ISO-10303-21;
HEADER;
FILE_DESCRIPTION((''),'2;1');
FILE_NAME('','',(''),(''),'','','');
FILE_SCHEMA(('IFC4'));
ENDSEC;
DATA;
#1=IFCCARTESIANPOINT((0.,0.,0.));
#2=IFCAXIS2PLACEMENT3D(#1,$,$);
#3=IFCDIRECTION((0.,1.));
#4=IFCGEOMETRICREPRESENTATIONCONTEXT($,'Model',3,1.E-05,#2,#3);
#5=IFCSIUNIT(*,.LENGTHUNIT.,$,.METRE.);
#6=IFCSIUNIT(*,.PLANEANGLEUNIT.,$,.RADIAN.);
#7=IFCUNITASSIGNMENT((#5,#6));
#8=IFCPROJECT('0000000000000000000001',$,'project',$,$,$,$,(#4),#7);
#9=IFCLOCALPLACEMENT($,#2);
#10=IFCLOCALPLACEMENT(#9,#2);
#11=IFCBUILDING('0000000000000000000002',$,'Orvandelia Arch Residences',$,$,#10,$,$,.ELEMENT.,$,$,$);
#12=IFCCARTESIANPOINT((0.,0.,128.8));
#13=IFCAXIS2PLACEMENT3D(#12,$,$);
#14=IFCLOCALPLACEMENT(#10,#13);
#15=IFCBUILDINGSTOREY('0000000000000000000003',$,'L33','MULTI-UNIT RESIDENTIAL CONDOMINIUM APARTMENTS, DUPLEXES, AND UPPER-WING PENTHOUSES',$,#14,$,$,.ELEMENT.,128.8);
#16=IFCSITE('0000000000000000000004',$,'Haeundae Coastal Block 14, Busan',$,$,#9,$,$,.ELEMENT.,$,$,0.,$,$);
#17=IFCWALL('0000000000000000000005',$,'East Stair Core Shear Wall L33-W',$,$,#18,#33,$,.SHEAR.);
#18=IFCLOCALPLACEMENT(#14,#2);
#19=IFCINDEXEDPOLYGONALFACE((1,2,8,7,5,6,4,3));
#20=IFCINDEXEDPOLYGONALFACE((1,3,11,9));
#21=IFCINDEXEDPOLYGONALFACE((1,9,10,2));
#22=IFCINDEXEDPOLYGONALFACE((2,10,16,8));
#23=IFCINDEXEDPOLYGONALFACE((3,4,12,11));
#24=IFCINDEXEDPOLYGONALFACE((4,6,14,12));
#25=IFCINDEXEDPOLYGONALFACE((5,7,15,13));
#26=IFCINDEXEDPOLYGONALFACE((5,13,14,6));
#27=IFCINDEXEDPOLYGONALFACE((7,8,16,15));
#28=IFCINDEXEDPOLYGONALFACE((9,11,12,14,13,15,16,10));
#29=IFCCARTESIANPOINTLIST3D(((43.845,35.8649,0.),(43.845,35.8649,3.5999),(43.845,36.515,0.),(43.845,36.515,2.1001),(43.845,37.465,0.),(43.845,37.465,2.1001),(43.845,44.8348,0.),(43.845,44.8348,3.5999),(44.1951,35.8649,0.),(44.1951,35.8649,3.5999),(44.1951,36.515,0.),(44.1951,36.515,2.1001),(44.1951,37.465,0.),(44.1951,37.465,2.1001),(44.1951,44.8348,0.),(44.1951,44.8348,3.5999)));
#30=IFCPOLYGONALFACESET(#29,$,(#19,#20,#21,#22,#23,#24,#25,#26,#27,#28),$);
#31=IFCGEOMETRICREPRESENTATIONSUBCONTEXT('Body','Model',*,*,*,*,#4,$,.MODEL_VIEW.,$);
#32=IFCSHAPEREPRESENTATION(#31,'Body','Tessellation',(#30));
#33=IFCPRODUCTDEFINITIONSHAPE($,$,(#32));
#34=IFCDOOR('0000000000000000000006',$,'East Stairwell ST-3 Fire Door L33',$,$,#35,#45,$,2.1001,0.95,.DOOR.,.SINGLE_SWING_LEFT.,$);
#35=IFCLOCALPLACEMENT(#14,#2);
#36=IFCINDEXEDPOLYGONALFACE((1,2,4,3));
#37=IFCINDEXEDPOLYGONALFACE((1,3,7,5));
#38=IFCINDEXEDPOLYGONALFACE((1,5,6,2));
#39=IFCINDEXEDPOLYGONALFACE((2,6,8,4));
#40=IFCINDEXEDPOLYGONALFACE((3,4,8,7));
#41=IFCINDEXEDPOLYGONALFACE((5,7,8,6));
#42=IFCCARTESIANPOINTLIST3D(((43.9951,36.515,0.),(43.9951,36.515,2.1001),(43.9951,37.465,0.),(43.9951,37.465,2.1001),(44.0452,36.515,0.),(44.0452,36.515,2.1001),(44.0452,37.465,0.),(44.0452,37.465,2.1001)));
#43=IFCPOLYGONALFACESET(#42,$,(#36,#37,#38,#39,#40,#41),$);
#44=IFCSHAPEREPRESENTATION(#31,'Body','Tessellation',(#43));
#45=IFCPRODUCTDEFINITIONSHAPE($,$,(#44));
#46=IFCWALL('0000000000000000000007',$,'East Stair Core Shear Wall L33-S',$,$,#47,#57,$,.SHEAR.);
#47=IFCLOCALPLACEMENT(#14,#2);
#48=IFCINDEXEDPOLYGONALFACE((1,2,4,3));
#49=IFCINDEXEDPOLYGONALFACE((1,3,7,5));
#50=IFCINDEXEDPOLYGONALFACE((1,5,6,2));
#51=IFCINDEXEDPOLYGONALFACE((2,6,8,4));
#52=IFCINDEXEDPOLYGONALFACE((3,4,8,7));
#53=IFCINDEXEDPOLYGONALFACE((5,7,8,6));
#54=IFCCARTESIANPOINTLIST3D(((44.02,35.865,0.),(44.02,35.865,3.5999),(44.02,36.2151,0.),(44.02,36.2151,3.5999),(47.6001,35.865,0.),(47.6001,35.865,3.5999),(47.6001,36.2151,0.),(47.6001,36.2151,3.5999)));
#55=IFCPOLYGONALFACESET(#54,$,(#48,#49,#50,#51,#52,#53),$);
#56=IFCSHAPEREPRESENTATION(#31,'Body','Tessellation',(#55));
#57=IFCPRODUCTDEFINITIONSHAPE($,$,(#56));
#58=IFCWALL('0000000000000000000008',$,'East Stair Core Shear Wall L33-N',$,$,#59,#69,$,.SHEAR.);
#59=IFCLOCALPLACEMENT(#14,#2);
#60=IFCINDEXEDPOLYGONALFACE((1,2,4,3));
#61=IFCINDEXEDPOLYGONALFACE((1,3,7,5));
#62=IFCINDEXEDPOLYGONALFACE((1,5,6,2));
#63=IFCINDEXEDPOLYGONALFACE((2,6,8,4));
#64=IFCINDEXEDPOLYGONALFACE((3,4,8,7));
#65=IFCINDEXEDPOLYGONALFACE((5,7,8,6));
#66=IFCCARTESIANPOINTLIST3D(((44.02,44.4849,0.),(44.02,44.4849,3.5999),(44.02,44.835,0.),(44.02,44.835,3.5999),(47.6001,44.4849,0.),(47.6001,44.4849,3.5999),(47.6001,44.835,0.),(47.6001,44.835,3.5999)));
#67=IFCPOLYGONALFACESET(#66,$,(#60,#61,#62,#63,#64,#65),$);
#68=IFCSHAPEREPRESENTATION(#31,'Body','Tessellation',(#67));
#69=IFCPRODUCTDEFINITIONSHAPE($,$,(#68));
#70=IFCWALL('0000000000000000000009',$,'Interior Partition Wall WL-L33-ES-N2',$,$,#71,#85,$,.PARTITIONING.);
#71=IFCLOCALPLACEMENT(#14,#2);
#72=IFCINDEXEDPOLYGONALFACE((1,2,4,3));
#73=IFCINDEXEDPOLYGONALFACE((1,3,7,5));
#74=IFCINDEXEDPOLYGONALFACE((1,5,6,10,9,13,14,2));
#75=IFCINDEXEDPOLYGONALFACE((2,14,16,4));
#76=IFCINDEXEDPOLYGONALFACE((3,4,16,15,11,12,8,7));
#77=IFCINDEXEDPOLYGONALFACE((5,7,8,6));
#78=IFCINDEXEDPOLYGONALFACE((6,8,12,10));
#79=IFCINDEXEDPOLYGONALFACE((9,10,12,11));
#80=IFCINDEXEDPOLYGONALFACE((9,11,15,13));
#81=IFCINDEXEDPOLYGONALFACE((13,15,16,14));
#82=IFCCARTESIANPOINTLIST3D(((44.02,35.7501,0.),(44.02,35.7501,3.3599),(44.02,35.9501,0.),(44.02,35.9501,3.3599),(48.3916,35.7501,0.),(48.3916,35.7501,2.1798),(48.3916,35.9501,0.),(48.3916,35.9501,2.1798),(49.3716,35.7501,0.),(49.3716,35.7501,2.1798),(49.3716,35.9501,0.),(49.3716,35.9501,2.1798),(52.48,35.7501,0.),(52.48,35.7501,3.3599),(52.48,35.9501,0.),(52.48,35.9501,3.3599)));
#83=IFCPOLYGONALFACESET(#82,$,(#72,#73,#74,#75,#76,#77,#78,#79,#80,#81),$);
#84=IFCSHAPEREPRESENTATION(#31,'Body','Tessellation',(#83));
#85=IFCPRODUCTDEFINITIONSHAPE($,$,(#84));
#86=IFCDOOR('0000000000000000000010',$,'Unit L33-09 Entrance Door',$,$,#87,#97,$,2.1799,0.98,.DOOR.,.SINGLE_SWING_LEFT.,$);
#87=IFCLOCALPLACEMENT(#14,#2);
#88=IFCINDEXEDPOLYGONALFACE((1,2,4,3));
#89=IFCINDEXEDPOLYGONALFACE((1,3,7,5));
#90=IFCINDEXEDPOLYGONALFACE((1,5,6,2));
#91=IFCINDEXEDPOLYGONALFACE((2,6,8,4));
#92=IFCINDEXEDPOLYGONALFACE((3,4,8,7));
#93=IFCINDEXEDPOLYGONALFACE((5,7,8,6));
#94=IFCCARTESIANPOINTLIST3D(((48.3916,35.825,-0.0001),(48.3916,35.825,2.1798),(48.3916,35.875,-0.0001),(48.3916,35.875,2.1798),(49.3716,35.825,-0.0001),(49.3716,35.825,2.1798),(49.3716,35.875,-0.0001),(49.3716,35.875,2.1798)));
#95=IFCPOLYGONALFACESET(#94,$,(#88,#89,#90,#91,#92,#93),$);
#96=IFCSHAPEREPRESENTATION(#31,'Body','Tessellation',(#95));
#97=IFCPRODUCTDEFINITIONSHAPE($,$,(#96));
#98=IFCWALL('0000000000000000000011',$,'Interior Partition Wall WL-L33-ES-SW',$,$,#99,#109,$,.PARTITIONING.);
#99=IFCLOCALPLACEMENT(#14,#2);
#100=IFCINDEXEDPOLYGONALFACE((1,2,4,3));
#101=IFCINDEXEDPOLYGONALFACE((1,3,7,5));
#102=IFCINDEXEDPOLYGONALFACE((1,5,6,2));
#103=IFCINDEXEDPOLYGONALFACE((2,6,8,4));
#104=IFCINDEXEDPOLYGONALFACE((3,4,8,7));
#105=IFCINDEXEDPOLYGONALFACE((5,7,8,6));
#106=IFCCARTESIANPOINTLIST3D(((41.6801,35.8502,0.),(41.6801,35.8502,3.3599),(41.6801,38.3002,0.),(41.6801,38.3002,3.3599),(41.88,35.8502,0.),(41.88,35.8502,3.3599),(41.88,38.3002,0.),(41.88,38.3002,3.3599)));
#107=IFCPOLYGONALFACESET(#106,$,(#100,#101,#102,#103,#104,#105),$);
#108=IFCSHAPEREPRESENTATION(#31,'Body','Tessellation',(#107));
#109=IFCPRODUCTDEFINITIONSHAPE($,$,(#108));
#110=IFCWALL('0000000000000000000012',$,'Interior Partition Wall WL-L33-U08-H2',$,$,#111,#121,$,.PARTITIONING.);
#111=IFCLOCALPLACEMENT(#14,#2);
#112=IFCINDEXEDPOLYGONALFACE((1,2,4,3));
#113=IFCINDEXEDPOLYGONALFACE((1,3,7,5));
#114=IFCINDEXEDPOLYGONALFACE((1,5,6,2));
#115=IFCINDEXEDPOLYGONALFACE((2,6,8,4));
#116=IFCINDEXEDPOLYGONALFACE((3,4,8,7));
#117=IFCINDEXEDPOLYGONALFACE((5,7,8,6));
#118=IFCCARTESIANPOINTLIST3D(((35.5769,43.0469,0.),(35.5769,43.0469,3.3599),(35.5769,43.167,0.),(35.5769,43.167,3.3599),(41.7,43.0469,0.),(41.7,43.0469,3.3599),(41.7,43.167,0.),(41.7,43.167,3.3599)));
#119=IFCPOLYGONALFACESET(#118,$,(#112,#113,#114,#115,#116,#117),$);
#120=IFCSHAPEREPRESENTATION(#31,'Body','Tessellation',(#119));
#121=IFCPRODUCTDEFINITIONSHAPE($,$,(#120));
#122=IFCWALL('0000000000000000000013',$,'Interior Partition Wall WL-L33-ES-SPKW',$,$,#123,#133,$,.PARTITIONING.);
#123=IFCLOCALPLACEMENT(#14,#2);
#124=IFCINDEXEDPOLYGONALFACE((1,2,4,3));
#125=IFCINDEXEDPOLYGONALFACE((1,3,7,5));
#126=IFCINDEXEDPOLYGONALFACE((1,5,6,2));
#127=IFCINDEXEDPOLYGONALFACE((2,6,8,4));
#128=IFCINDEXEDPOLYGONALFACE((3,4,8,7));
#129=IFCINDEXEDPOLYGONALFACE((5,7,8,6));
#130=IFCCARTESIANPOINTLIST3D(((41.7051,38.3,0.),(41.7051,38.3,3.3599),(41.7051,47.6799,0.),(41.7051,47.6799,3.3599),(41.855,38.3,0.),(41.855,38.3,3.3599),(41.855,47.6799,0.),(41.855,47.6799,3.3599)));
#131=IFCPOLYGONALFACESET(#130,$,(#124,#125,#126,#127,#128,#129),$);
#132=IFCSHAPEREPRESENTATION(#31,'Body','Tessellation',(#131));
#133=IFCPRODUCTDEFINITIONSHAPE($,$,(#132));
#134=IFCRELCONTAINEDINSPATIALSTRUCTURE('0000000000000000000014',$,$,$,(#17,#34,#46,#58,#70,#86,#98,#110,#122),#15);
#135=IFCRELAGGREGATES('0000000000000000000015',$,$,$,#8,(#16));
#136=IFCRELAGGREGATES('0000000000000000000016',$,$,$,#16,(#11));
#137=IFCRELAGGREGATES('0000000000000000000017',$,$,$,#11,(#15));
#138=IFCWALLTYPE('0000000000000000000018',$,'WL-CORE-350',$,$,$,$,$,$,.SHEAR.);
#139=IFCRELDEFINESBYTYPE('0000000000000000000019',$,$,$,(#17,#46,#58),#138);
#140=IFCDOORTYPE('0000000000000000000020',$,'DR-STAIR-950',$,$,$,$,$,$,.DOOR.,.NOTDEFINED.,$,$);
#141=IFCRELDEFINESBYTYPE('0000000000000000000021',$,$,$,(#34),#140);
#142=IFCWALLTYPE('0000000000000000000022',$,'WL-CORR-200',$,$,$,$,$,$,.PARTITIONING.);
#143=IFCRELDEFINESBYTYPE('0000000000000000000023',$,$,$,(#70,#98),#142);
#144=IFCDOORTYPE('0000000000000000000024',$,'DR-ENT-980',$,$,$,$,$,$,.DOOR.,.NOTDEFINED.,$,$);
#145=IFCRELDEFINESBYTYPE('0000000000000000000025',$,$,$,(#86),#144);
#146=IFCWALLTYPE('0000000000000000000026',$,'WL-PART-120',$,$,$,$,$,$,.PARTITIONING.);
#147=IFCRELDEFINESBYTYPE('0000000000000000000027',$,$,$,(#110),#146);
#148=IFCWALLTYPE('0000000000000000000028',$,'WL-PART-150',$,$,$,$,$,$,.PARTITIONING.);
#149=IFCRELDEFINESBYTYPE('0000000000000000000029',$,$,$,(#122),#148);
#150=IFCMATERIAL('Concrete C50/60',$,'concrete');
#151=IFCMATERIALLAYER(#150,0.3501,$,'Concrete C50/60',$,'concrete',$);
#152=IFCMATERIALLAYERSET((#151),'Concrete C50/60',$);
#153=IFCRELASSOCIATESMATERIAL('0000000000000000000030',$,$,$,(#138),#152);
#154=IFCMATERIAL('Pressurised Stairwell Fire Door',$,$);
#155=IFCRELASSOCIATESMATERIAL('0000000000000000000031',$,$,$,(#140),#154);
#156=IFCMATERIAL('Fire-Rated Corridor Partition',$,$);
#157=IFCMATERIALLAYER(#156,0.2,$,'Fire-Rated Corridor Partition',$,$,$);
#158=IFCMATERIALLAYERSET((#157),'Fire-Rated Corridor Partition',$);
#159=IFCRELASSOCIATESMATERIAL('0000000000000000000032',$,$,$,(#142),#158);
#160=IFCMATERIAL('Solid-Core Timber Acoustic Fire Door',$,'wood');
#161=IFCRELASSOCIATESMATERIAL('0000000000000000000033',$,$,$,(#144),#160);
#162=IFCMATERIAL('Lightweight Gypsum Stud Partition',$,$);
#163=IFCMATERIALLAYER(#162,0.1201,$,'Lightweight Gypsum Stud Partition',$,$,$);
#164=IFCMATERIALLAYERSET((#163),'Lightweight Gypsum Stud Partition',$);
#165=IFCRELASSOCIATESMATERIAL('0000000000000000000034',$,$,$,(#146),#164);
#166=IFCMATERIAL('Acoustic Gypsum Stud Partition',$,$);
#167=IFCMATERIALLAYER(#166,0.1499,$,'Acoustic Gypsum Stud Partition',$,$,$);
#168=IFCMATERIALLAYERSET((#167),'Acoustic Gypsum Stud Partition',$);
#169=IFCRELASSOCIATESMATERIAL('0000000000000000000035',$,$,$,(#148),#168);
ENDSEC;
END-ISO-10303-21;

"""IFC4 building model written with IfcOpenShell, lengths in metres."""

from ifc_helpers import new_model, si_unit, direction, frame, frame_2d, origin, place, context, subcontext, project, spatial, rectangle, extrude, material, layer, layer_set, type_object, element, fill, save


model = new_model("IFC4")

# Units and contexts
model_context = context("Model", 3, precision=1e-05, world=origin(), true_north=direction((0.0, 1.0)))
body_context = subcontext(model_context, "Body", "Model", "MODEL_VIEW")
ifc_project = project(units=[si_unit("LENGTHUNIT", "METRE"), si_unit("PLANEANGLEUNIT", "RADIAN")], contexts=[model_context])

# Site, building, storey
site_placement = place(None, origin())
site = spatial("IfcSite", under=ifc_project, at=site_placement, Name="Haeundae Coastal Block 14, Busan", CompositionType="ELEMENT", RefElevation=0.0)
building_placement = place(site_placement, origin())
building = spatial("IfcBuilding", under=site, at=building_placement, Name="Orvandelia Arch Residences", CompositionType="ELEMENT")
storey_placement = place(building_placement, frame((0.0, 0.0, 128.8)))
storey = spatial("IfcBuildingStorey", under=building, at=storey_placement, Name="L33", Description="MULTI-UNIT RESIDENTIAL CONDOMINIUM APARTMENTS, DUPLEXES, AND UPPER-WING PENTHOUSES", CompositionType="ELEMENT", Elevation=128.8)

# Wall, opening, door
ifc_material_1 = material(Name="Concrete C50/60", Category="concrete")
ifc_layer_1 = layer(ifc_material_1, 0.3501, Name="Concrete C50/60", Category="concrete")
ifc_layer_set_1 = layer_set([ifc_layer_1], Name="Concrete C50/60")
wall_type_1 = type_object("IfcWallType", Name="WL-CORE-350", PredefinedType="SHEAR", material=ifc_layer_set_1)
wall_1_placement = place(storey_placement, frame((44.02, 35.865, 0.0), z_axis=(0.0, 0.0, 1.0), x_axis=(0.0, 1.0, 0.0)))
wall_1 = element("IfcWall", 1, at=wall_1_placement, inside=storey, type_object=wall_type_1, Name="East Stair Core Shear Wall L33-W", PredefinedType="SHEAR", context=body_context, shape_type="SweptSolid", body=[
    extrude(rectangle(XDim=8.97, YDim=0.3501, at=frame_2d((4.4849, 0.0))), origin(), (0.0, 0.0, 1.0), 3.5999),
])
opening_1_placement = place(wall_1_placement, frame((0.6499, 0.0, 0.0)))
opening_1 = element("IfcOpeningElement", 2, at=opening_1_placement, cuts=wall_1, PredefinedType="OPENING", context=body_context, shape_type="SweptSolid", body=[
    extrude(rectangle(XDim=0.95, YDim=2.1001, at=frame_2d((0.4751, 1.05))), frame((0.0, 0.1851, 0.0), z_axis=(0.0, -1.0, 0.0), x_axis=(1.0, 0.0, 0.0)), (0.0, 0.0, 1.0), 0.3701),
])
ifc_material_2 = material(Name="Pressurised Stairwell Fire Door")
door_type_1 = type_object("IfcDoorType", Name="DR-STAIR-950", OperationType="NOTDEFINED", PredefinedType="DOOR", material=ifc_material_2)
door_1_placement = place(opening_1_placement, origin())
door_1 = element("IfcDoor", 3, at=door_1_placement, inside=storey, type_object=door_type_1, Name="East Stairwell ST-3 Fire Door L33", OperationType="SINGLE_SWING_LEFT", OverallHeight=2.1001, OverallWidth=0.95, PredefinedType="DOOR", context=body_context, shape_type="SweptSolid", body=[
    extrude(rectangle(XDim=0.95, YDim=2.1001, at=frame_2d((0.4751, 1.05))), frame((0.0, 0.0249, 0.0), z_axis=(0.0, -1.0, 0.0), x_axis=(1.0, 0.0, 0.0)), (0.0, 0.0, 1.0), 0.05),
])
fill(opening_1, door_1)

# Walls
for number, where, z_axis, x_axis, name in (
    (4, (44.02, 36.04, 0.0), (0.0, 0.0, 1.0), (1.0, 0.0, 0.0), "East Stair Core Shear Wall L33-S"),
    (5, (44.02, 44.6599, 0.0), (0.0, 0.0, 1.0), (1.0, 0.0, 0.0), "East Stair Core Shear Wall L33-N"),
):
    element("IfcWall", number, at=place(storey_placement, frame(where, z_axis=z_axis, x_axis=x_axis)), inside=storey, type_object=wall_type_1, Name=name, PredefinedType="SHEAR", context=body_context, shape_type="SweptSolid", body=[
        extrude(rectangle(XDim=3.5801, YDim=0.3501, at=frame_2d((1.79, 0.0))), origin(), (0.0, 0.0, 1.0), 3.5999),
    ])

# Wall, opening, door
ifc_material_3 = material(Name="Fire-Rated Corridor Partition")
ifc_layer_2 = layer(ifc_material_3, 0.2, Name="Fire-Rated Corridor Partition")
ifc_layer_set_2 = layer_set([ifc_layer_2], Name="Fire-Rated Corridor Partition")
wall_type_2 = type_object("IfcWallType", Name="WL-CORR-200", PredefinedType="PARTITIONING", material=ifc_layer_set_2)
wall_2_placement = place(storey_placement, frame((44.02, 35.8501, 0.0), z_axis=(0.0, 0.0, 1.0), x_axis=(1.0, 0.0, 0.0)))
wall_2 = element("IfcWall", 6, at=wall_2_placement, inside=storey, type_object=wall_type_2, Name="Interior Partition Wall WL-L33-ES-N2", PredefinedType="PARTITIONING", context=body_context, shape_type="SweptSolid", body=[
    extrude(rectangle(XDim=8.46, YDim=0.2, at=frame_2d((4.23, 0.0))), origin(), (0.0, 0.0, 1.0), 3.3599),
])
opening_2_placement = place(wall_2_placement, frame((4.3716, 0.0, 0.0)))
opening_2 = element("IfcOpeningElement", 7, at=opening_2_placement, cuts=wall_2, PredefinedType="OPENING", context=body_context, shape_type="SweptSolid", body=[
    extrude(rectangle(XDim=0.98, YDim=2.1799, at=frame_2d((0.49, 1.0898))), frame((0.0, 0.1099, 0.0), z_axis=(0.0, -1.0, 0.0), x_axis=(1.0, 0.0, 0.0)), (0.0, 0.0, 1.0), 0.22),
])
ifc_material_4 = material(Name="Solid-Core Timber Acoustic Fire Door", Category="wood")
door_type_2 = type_object("IfcDoorType", Name="DR-ENT-980", OperationType="NOTDEFINED", PredefinedType="DOOR", material=ifc_material_4)
door_2_placement = place(opening_2_placement, origin())
door_2 = element("IfcDoor", 8, at=door_2_placement, inside=storey, type_object=door_type_2, Name="Unit L33-09 Entrance Door", OperationType="SINGLE_SWING_LEFT", OverallHeight=2.1799, OverallWidth=0.98, PredefinedType="DOOR", context=body_context, shape_type="SweptSolid", body=[
    extrude(rectangle(XDim=0.98, YDim=2.1799, at=frame_2d((0.49, 1.0898))), frame((0.0, 0.0249, 0.0), z_axis=(0.0, -1.0, 0.0), x_axis=(1.0, 0.0, 0.0)), (0.0, 0.0, 1.0), 0.05),
])
fill(opening_2, door_2)

# Wall
wall_3_placement = place(storey_placement, frame((41.78, 35.8501, 0.0), z_axis=(0.0, 0.0, 1.0), x_axis=(0.0, 1.0, 0.0)))
element("IfcWall", 9, at=wall_3_placement, inside=storey, type_object=wall_type_2, Name="Interior Partition Wall WL-L33-ES-SW", PredefinedType="PARTITIONING", context=body_context, shape_type="SweptSolid", body=[
    extrude(rectangle(XDim=2.45, YDim=0.2, at=frame_2d((1.2251, 0.0))), origin(), (0.0, 0.0, 1.0), 3.3599),
])

# Walls
ifc_material_5 = material(Name="Lightweight Gypsum Stud Partition")
ifc_layer_3 = layer(ifc_material_5, 0.1201, Name="Lightweight Gypsum Stud Partition")
ifc_layer_set_3 = layer_set([ifc_layer_3], Name="Lightweight Gypsum Stud Partition")
wall_type_3 = type_object("IfcWallType", Name="WL-PART-120", PredefinedType="PARTITIONING", material=ifc_layer_set_3)
wall_4_placement = place(storey_placement, frame((35.5769, 43.1069, 0.0), z_axis=(0.0, 0.0, 1.0), x_axis=(1.0, 0.0, 0.0)))
element("IfcWall", 10, at=wall_4_placement, inside=storey, type_object=wall_type_3, Name="Interior Partition Wall WL-L33-U08-H2", PredefinedType="PARTITIONING", context=body_context, shape_type="SweptSolid", body=[
    extrude(rectangle(XDim=6.123, YDim=0.1201, at=frame_2d((3.0615, 0.0))), origin(), (0.0, 0.0, 1.0), 3.3599),
])
ifc_material_6 = material(Name="Acoustic Gypsum Stud Partition")
ifc_layer_4 = layer(ifc_material_6, 0.1499, Name="Acoustic Gypsum Stud Partition")
ifc_layer_set_4 = layer_set([ifc_layer_4], Name="Acoustic Gypsum Stud Partition")
wall_type_4 = type_object("IfcWallType", Name="WL-PART-150", PredefinedType="PARTITIONING", material=ifc_layer_set_4)
wall_5_placement = place(storey_placement, frame((41.78, 38.3, 0.0), z_axis=(0.0, 0.0, 1.0), x_axis=(0.0, 1.0, 0.0)))
element("IfcWall", 11, at=wall_5_placement, inside=storey, type_object=wall_type_4, Name="Interior Partition Wall WL-L33-ES-SPKW", PredefinedType="PARTITIONING", context=body_context, shape_type="SweptSolid", body=[
    extrude(rectangle(XDim=9.3799, YDim=0.1499, at=frame_2d((4.6899, 0.0))), origin(), (0.0, 0.0, 1.0), 3.3599),
])

save(model, "model.ifc")
